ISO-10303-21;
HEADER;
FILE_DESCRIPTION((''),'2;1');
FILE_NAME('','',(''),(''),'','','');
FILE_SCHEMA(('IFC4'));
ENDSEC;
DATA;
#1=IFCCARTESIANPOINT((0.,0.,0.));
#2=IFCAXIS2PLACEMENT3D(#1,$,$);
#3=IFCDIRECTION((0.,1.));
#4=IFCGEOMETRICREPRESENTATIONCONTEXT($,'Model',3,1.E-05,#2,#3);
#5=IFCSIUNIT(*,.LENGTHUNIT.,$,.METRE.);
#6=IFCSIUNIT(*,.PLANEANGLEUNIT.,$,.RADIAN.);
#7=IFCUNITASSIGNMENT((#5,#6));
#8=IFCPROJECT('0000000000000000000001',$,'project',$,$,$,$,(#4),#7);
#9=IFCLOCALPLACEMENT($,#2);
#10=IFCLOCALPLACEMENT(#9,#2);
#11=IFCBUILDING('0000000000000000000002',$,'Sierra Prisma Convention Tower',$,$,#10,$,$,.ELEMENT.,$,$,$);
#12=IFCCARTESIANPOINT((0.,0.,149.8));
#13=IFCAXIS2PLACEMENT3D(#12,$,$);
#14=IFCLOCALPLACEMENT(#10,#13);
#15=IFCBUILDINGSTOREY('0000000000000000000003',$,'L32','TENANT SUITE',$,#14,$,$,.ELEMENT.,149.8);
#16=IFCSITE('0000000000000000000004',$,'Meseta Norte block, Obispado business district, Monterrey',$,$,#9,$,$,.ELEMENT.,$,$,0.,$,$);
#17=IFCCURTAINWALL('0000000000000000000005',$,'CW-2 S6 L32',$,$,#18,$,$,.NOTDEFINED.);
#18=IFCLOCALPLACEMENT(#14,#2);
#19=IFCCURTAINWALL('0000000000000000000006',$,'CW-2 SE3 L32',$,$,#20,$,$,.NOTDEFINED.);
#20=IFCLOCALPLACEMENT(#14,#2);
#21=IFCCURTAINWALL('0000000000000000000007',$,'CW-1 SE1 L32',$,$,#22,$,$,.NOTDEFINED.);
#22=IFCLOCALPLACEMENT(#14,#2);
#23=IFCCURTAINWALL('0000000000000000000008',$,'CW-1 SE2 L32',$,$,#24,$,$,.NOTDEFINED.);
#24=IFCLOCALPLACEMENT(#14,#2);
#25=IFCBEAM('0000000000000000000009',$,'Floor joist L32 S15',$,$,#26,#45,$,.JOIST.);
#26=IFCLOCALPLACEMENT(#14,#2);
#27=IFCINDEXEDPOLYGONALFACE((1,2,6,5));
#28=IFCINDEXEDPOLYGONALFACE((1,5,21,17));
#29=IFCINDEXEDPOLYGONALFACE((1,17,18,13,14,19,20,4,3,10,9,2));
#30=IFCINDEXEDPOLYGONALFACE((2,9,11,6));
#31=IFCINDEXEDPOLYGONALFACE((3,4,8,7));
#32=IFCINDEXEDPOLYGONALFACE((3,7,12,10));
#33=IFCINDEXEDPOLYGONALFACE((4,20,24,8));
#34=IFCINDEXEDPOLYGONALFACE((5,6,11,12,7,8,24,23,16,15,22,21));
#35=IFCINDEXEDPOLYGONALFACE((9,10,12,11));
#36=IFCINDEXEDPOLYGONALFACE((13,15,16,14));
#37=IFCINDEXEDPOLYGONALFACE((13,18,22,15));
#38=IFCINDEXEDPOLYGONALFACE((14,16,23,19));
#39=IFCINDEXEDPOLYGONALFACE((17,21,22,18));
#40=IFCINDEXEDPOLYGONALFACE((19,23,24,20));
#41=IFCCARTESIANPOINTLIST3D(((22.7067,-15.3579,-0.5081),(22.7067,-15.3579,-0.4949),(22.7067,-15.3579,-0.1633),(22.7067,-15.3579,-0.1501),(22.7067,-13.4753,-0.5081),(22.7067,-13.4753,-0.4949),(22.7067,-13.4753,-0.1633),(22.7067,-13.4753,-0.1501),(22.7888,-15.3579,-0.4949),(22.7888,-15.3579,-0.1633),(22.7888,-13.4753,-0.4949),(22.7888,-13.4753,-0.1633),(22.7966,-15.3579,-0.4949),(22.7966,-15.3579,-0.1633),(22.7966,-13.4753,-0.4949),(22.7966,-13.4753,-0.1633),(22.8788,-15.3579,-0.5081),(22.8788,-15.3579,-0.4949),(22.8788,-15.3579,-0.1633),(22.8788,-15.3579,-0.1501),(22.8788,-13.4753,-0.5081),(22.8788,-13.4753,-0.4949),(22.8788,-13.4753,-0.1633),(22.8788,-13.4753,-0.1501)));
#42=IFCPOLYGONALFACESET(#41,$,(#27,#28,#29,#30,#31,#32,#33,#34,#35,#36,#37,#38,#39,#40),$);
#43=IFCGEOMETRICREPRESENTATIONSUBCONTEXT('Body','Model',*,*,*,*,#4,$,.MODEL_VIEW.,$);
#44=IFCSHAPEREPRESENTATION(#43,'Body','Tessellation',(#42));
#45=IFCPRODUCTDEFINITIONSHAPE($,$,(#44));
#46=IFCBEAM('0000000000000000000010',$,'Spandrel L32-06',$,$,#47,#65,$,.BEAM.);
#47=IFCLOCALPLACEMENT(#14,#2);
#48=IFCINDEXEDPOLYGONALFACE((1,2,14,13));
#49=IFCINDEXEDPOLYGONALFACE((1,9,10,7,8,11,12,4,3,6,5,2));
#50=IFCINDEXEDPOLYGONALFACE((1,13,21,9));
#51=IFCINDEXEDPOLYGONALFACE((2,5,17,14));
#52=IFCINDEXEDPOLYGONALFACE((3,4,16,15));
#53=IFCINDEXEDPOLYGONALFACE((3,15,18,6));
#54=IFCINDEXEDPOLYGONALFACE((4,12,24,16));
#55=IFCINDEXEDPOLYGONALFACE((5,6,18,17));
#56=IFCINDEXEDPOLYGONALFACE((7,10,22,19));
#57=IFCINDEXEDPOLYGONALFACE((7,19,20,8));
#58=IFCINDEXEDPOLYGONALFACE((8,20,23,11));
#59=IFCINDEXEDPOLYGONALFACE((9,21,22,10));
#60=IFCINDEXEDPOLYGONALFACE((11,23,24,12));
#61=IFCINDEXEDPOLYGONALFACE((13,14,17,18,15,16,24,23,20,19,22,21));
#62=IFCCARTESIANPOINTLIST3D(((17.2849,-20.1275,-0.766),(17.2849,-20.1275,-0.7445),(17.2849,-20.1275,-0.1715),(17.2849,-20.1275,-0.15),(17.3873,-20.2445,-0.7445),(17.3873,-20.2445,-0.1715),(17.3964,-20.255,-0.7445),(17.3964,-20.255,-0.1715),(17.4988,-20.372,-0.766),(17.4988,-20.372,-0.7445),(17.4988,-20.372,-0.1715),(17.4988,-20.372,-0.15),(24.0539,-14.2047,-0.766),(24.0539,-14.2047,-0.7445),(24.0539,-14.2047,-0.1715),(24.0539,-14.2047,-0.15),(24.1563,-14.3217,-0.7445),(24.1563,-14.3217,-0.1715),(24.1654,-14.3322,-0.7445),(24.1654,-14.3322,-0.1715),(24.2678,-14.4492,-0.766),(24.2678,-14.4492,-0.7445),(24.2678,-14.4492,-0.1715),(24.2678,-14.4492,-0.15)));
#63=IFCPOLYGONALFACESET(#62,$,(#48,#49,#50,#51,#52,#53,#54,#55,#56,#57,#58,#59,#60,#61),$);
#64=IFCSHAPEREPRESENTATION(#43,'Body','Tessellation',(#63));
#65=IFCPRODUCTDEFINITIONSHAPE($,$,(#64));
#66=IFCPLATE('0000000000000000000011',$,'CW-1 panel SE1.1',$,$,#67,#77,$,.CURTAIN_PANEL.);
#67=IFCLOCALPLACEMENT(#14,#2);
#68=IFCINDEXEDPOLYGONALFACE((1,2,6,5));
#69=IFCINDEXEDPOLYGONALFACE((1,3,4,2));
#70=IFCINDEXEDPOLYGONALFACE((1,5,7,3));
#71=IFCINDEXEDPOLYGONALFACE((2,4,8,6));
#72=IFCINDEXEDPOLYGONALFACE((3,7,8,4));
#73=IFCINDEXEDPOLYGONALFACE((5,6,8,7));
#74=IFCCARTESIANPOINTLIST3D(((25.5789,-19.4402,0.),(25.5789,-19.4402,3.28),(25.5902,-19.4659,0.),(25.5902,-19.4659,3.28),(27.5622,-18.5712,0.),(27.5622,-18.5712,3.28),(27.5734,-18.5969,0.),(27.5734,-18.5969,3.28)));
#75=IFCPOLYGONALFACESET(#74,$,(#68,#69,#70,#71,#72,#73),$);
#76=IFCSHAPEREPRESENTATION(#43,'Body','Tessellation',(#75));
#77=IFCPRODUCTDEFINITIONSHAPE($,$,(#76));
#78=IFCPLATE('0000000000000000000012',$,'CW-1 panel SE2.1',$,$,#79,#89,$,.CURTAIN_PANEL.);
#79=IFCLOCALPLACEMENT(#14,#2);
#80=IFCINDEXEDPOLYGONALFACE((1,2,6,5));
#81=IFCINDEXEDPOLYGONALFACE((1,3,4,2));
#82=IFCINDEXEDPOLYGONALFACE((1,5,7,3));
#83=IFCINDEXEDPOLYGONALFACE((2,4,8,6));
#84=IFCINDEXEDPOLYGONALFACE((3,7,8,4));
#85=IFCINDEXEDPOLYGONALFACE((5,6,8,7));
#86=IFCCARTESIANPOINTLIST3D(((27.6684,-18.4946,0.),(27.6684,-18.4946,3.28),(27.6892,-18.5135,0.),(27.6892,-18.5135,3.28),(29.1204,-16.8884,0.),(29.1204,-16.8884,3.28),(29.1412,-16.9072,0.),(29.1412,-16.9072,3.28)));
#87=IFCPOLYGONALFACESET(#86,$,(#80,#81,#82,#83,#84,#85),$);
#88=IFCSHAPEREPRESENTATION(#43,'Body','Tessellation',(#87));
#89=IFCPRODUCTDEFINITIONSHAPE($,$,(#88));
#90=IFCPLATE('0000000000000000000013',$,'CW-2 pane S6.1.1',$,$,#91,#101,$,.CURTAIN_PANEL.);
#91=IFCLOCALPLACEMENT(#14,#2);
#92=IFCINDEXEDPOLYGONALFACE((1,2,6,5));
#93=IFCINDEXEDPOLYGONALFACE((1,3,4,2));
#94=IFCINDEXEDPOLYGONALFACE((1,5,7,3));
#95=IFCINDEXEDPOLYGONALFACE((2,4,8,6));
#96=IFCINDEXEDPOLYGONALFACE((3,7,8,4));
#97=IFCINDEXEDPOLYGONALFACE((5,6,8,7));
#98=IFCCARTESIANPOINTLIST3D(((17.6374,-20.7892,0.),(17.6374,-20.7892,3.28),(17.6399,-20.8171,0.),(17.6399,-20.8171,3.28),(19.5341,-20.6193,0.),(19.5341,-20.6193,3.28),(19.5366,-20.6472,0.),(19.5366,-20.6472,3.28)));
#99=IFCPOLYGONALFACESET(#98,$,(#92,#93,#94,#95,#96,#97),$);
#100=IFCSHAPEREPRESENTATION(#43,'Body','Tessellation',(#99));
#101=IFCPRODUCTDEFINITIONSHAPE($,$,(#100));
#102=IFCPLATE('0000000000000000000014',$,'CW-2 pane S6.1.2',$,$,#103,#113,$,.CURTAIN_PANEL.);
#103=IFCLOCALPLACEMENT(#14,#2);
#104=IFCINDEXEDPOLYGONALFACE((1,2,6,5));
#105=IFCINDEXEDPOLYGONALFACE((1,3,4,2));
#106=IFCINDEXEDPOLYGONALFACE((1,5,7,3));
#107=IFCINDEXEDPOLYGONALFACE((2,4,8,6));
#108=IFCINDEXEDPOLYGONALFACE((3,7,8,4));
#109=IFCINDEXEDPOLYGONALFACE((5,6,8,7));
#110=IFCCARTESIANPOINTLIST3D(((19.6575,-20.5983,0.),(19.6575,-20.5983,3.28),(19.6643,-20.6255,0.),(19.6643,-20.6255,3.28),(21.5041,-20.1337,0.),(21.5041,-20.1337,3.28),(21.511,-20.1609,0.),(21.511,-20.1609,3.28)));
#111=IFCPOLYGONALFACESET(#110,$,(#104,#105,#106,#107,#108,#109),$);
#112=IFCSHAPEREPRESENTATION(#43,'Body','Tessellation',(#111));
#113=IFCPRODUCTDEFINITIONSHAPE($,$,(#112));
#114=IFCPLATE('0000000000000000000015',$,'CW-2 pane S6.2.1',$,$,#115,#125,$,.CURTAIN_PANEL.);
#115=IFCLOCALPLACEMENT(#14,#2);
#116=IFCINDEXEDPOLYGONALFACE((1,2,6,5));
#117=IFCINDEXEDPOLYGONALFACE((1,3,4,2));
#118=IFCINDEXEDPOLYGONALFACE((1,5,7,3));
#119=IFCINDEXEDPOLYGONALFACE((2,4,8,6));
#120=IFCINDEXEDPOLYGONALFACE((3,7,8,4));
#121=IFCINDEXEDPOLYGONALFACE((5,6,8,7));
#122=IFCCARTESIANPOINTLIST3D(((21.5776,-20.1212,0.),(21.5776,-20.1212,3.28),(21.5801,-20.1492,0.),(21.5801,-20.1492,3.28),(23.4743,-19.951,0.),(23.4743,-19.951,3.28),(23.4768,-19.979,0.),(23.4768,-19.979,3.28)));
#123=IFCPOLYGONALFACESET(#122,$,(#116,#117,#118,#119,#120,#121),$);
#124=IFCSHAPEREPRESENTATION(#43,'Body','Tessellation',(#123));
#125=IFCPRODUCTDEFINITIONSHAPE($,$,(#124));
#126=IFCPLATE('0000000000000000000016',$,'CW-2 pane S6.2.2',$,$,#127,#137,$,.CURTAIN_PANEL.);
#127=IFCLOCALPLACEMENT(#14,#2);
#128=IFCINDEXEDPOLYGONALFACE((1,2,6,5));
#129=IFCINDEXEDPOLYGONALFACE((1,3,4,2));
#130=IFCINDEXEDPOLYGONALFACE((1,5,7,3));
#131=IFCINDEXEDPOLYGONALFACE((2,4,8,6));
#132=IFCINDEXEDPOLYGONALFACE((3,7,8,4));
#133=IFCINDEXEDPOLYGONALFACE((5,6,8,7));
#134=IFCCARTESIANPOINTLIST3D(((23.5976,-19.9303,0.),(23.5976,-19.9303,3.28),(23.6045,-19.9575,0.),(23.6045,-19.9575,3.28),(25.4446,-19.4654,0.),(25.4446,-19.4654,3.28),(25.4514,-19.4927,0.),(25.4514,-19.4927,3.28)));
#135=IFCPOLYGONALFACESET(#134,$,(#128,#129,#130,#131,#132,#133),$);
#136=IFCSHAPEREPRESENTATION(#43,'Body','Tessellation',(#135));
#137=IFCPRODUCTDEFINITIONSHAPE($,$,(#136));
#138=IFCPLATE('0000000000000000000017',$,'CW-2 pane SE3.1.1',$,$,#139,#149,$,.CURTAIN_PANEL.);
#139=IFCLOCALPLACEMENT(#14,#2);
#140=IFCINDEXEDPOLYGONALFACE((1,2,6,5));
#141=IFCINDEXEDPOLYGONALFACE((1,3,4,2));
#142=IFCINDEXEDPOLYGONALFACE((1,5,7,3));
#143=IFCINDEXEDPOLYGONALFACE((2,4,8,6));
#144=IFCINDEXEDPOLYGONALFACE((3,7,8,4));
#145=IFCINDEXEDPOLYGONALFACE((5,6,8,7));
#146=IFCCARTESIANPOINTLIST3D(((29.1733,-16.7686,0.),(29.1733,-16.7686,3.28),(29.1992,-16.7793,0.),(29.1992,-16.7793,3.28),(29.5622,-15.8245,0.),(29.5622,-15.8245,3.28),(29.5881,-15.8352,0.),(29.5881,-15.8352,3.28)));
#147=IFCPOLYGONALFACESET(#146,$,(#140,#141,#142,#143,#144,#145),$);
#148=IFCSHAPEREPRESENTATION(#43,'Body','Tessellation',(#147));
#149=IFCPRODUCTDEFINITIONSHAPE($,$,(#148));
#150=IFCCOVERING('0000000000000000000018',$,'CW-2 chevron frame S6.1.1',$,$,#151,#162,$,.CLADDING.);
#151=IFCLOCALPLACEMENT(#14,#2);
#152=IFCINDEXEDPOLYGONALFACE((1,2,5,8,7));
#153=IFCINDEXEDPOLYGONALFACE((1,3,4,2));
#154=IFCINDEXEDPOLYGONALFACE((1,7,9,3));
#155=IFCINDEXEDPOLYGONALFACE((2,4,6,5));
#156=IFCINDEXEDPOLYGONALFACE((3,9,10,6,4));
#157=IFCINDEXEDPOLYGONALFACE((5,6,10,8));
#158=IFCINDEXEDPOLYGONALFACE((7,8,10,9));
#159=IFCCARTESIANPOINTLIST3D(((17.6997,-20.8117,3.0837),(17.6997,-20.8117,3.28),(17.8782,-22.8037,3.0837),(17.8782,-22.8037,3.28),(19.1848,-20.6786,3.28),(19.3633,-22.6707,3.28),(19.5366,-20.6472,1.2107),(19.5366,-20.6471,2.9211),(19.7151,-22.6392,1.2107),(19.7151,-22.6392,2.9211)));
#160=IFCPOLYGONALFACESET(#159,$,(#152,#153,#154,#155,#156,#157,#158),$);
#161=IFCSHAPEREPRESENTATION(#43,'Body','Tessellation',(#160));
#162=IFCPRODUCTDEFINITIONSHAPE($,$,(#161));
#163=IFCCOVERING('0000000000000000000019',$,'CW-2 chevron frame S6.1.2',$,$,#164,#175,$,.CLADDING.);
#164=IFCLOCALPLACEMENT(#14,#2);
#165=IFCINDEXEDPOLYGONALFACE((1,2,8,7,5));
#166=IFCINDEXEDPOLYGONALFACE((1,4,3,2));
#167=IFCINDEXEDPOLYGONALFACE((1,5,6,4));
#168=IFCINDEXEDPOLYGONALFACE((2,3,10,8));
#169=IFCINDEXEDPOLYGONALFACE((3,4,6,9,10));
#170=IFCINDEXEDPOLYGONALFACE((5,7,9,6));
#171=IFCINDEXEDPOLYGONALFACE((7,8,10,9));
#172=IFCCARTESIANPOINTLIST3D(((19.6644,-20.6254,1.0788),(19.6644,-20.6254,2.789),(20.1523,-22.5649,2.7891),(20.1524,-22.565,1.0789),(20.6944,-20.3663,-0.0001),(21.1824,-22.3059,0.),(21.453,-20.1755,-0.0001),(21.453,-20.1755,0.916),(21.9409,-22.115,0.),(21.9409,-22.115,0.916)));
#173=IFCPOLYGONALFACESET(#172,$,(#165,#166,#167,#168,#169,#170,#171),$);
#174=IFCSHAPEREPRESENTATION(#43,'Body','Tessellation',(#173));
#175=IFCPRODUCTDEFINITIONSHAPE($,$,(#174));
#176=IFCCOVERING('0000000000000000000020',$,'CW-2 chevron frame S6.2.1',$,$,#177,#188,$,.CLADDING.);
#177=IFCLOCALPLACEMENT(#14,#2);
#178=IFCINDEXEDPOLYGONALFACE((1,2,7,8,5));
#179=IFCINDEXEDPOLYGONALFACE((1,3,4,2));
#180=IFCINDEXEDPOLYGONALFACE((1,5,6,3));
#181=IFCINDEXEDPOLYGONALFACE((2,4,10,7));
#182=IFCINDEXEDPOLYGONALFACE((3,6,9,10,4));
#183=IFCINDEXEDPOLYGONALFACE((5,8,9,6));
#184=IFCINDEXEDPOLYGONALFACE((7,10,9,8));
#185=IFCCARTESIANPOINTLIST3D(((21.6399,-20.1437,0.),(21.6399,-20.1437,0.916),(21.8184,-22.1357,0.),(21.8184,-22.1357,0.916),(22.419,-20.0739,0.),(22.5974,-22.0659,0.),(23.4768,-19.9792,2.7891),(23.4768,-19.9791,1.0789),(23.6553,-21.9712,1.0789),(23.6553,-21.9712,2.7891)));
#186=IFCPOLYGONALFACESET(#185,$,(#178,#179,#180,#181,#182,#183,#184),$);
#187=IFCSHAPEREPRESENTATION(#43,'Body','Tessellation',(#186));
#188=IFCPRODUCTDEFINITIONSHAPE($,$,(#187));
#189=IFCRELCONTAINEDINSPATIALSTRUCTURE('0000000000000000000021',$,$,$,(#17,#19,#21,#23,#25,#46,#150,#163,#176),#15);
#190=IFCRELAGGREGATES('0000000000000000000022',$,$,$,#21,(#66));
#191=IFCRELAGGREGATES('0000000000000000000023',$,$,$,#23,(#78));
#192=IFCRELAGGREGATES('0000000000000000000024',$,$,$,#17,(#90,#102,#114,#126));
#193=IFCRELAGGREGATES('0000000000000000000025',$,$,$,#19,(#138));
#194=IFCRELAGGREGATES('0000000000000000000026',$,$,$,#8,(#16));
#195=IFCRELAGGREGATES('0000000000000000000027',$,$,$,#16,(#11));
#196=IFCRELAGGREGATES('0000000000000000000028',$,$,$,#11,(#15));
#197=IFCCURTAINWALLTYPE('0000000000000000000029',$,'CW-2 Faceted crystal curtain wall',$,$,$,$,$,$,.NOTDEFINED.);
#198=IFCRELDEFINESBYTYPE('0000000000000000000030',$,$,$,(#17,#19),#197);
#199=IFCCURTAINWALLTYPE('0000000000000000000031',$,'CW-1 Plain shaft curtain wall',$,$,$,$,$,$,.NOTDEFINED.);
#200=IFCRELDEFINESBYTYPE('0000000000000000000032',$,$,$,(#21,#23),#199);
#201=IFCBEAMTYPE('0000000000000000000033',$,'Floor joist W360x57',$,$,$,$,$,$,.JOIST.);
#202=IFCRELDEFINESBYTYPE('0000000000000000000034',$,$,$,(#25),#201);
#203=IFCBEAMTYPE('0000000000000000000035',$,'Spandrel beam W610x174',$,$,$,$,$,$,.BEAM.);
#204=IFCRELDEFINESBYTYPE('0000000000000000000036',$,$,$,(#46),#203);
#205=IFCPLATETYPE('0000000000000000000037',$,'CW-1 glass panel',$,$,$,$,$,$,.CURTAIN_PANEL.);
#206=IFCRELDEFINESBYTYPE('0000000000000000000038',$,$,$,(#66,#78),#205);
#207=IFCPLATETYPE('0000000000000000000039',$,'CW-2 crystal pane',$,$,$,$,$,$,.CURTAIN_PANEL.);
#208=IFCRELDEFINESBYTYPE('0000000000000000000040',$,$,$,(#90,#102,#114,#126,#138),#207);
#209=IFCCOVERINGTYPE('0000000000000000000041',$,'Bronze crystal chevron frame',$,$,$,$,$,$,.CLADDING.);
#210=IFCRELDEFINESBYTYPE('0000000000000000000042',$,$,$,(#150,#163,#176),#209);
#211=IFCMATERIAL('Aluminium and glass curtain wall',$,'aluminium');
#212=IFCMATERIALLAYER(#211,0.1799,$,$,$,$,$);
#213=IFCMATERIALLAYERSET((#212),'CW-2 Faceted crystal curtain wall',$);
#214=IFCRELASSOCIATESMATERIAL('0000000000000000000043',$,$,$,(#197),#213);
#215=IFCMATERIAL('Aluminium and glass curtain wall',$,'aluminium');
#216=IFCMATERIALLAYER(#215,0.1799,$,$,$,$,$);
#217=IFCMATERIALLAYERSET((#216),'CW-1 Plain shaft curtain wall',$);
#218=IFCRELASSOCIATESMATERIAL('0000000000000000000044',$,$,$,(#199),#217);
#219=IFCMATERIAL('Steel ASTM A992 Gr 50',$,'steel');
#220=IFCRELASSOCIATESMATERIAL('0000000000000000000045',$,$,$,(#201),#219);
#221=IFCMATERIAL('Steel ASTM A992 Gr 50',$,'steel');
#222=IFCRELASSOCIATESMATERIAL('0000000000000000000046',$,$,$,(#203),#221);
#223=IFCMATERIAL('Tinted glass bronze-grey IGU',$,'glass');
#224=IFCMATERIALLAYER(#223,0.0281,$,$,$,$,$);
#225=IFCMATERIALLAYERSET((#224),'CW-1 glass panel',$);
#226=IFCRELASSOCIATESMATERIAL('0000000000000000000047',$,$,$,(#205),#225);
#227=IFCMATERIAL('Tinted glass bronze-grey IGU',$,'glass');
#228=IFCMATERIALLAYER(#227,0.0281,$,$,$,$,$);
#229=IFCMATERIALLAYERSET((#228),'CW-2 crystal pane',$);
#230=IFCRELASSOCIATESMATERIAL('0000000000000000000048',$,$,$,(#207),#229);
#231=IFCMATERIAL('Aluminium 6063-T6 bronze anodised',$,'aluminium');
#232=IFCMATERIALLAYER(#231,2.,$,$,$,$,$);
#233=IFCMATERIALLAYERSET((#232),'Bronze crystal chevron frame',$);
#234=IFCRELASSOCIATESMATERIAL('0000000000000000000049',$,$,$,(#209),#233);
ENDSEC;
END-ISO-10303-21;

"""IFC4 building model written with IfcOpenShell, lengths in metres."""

from ifc_helpers import new_model, si_unit, direction, frame, origin, origin_2d, place, context, subcontext, project, spatial, polyline, rectangle, i_section, outline, extrude, material, layer, layer_set, material_profile, profile_set, type_object, element, aggregate, save


model = new_model("IFC4")

# Units and contexts
model_context = context("Model", 3, precision=1e-05, world=origin(), true_north=direction((0.0, 1.0)))
body_context = subcontext(model_context, "Body", "Model", "MODEL_VIEW")
ifc_project = project(units=[si_unit("LENGTHUNIT", "METRE"), si_unit("PLANEANGLEUNIT", "RADIAN")], contexts=[model_context])

# Site, building, storey
site_placement = place(None, origin())
site = spatial("IfcSite", under=ifc_project, at=site_placement, Name="Meseta Norte block, Obispado business district, Monterrey", CompositionType="ELEMENT", RefElevation=0.0)
building_placement = place(site_placement, origin())
building = spatial("IfcBuilding", under=site, at=building_placement, Name="Sierra Prisma Convention Tower", CompositionType="ELEMENT")
storey_placement = place(building_placement, frame((0.0, 0.0, 149.8)))
storey = spatial("IfcBuildingStorey", under=building, at=storey_placement, Name="L32", Description="TENANT SUITE", CompositionType="ELEMENT", Elevation=149.8)

# Curtain wall
ifc_material_1 = material(Name="Aluminium and glass curtain wall", Category="aluminium")
ifc_layer_1 = layer(ifc_material_1, 0.1799)
ifc_layer_set_1 = layer_set([ifc_layer_1], Name="CW-2 Faceted crystal curtain wall")
curtain_wall_type_1 = type_object("IfcCurtainWallType", Name="CW-2 Faceted crystal curtain wall", PredefinedType="NOTDEFINED", material=ifc_layer_set_1)
curtain_wall_1_placement = place(storey_placement, origin())
curtain_wall_1 = element("IfcCurtainWall", 1, at=curtain_wall_1_placement, inside=storey, type_object=curtain_wall_type_1, Name="CW-2 S6 L32", PredefinedType="NOTDEFINED")

# Curtain wall
curtain_wall_2_placement = place(storey_placement, origin())
curtain_wall_2 = element("IfcCurtainWall", 2, at=curtain_wall_2_placement, inside=storey, type_object=curtain_wall_type_1, Name="CW-2 SE3 L32", PredefinedType="NOTDEFINED")

# Curtain walls
ifc_material_2 = material(Name="Aluminium and glass curtain wall", Category="aluminium")
ifc_layer_2 = layer(ifc_material_2, 0.1799)
ifc_layer_set_2 = layer_set([ifc_layer_2], Name="CW-1 Plain shaft curtain wall")
curtain_wall_type_2 = type_object("IfcCurtainWallType", Name="CW-1 Plain shaft curtain wall", PredefinedType="NOTDEFINED", material=ifc_layer_set_2)
curtain_wall_3_placement = place(storey_placement, origin())
curtain_wall_3 = element("IfcCurtainWall", 3, at=curtain_wall_3_placement, inside=storey, type_object=curtain_wall_type_2, Name="CW-1 SE1 L32", PredefinedType="NOTDEFINED")
curtain_wall_4_placement = place(storey_placement, origin())
curtain_wall_4 = element("IfcCurtainWall", 4, at=curtain_wall_4_placement, inside=storey, type_object=curtain_wall_type_2, Name="CW-1 SE2 L32", PredefinedType="NOTDEFINED")

# Beams
ifc_material_3 = material(Name="Steel ASTM A992 Gr 50", Category="steel")
ifc_material_profile_1 = material_profile(ifc_material_3, i_section(OverallWidth=0.1721, OverallDepth=0.3579, WebThickness=0.0078, FlangeThickness=0.0132, at=origin_2d()), Name="W360x57")
ifc_profile_set_1 = profile_set([ifc_material_profile_1], Name="Steel ASTM A992 Gr 50")
beam_type_1 = type_object("IfcBeamType", Name="Floor joist W360x57", PredefinedType="JOIST", material=ifc_profile_set_1)
beam_1_placement = place(storey_placement, frame((22.7927, -15.3579, -0.3291), z_axis=(0.0, 1.0, 0.0), x_axis=(-1.0, 0.0, 0.0)))
element("IfcBeam", 5, at=beam_1_placement, inside=storey, type_object=beam_type_1, Name="Floor joist L32 S15", PredefinedType="JOIST", context=body_context, shape_type="SweptSolid", body=[
    extrude(i_section(OverallWidth=0.1721, OverallDepth=0.3579, WebThickness=0.0078, FlangeThickness=0.0132, at=origin_2d()), origin(), (0.0, 0.0, 1.0), 1.8826),
])
ifc_material_4 = material(Name="Steel ASTM A992 Gr 50", Category="steel")
ifc_material_profile_2 = material_profile(ifc_material_4, i_section(OverallWidth=0.325, OverallDepth=0.616, WebThickness=0.0139, FlangeThickness=0.0215, at=origin_2d()), Name="W610x174")
ifc_profile_set_2 = profile_set([ifc_material_profile_2], Name="Steel ASTM A992 Gr 50")
beam_type_2 = type_object("IfcBeamType", Name="Spandrel beam W610x174", PredefinedType="BEAM", material=ifc_profile_set_2)
beam_2_placement = place(storey_placement, frame((17.3918, -20.2498, -0.458), z_axis=(0.75258, 0.658501, 0.0), x_axis=(-0.658501, 0.75258, 0.0)))
element("IfcBeam", 6, at=beam_2_placement, inside=storey, type_object=beam_type_2, Name="Spandrel L32-06", PredefinedType="BEAM", context=body_context, shape_type="SweptSolid", body=[
    extrude(i_section(OverallWidth=0.325, OverallDepth=0.616, WebThickness=0.0139, FlangeThickness=0.0215, at=origin_2d()), origin(), (0.0, 0.0, 1.0), 8.9944),
])

# Plates
ifc_material_5 = material(Name="Tinted glass bronze-grey IGU", Category="glass")
ifc_layer_3 = layer(ifc_material_5, 0.0281)
ifc_layer_set_3 = layer_set([ifc_layer_3], Name="CW-1 glass panel")
plate_type_1 = type_object("IfcPlateType", Name="CW-1 glass panel", PredefinedType="CURTAIN_PANEL", material=ifc_layer_set_3)
plate_1_placement = place(storey_placement, frame((26.5762, -19.0186, 0.0), z_axis=(0.0, 0.0, 1.0), x_axis=(0.91594, 0.401314, 0.0)))
plate_1 = element("IfcPlate", 7, at=plate_1_placement, type_object=plate_type_1, Name="CW-1 panel SE1.1", PredefinedType="CURTAIN_PANEL", context=body_context, shape_type="SweptSolid", body=[
    extrude(rectangle(XDim=2.1653, YDim=0.0281, at=origin_2d()), origin(), (0.0, 0.0, 1.0), 3.28),
])
aggregate(curtain_wall_3, [plate_1])
plate_2_placement = place(storey_placement, frame((28.4048, -17.7009, 0.0), z_axis=(0.0, 0.0, 1.0), x_axis=(0.670598, 0.741821, 0.0)))
plate_2 = element("IfcPlate", 8, at=plate_2_placement, type_object=plate_type_1, Name="CW-1 panel SE2.1", PredefinedType="CURTAIN_PANEL", context=body_context, shape_type="SweptSolid", body=[
    extrude(rectangle(XDim=2.1653, YDim=0.0281, at=origin_2d()), origin(), (0.0, 0.0, 1.0), 3.28),
])
aggregate(curtain_wall_4, [plate_2])
ifc_material_6 = material(Name="Tinted glass bronze-grey IGU", Category="glass")
ifc_layer_4 = layer(ifc_material_6, 0.0281)
ifc_layer_set_4 = layer_set([ifc_layer_4], Name="CW-2 crystal pane")
plate_type_2 = type_object("IfcPlateType", Name="CW-2 crystal pane", PredefinedType="CURTAIN_PANEL", material=ifc_layer_set_4)
plate_3_placement = place(storey_placement, frame((17.6399, -20.8171, 0.0), z_axis=(0.089229, -0.996011, 0.0), x_axis=(0.996011, 0.089229, 0.0)))
plate_3 = element("IfcPlate", 9, at=plate_3_placement, type_object=plate_type_2, Name="CW-2 pane S6.1.1", PredefinedType="CURTAIN_PANEL", context=body_context, shape_type="SweptSolid", body=[
    extrude(outline(polyline([(0.0, 0.0), (1.9043, 0.0), (1.9043, 3.28), (0.0, 3.28), (0.0, 0.0)])), origin(), (0.0, 0.0, -1.0), 0.0281),
])
plate_4_placement = place(storey_placement, frame((21.511, -20.1609, 0.0), z_axis=(0.243983, -0.969779, 0.0), x_axis=(-0.969779, -0.243983, 0.0)))
plate_4 = element("IfcPlate", 10, at=plate_4_placement, type_object=plate_type_2, Name="CW-2 pane S6.1.2", PredefinedType="CURTAIN_PANEL", context=body_context, shape_type="SweptSolid", body=[
    extrude(outline(polyline([(0.0, 0.0), (1.9042, 0.0), (1.9042, -3.28), (0.0, -3.28), (0.0, 0.0)])), origin(), (0.0, 0.0, -1.0), 0.0281),
])
plate_5_placement = place(storey_placement, frame((21.5801, -20.1492, 0.0), z_axis=(0.089357, -0.996, 0.0), x_axis=(0.996, 0.089357, 0.0)))
plate_5 = element("IfcPlate", 11, at=plate_5_placement, type_object=plate_type_2, Name="CW-2 pane S6.2.1", PredefinedType="CURTAIN_PANEL", context=body_context, shape_type="SweptSolid", body=[
    extrude(outline(polyline([(0.0, 0.0), (1.9043, 0.0), (1.9043, 3.28), (0.0, 3.28), (0.0, 0.0)])), origin(), (0.0, 0.0, -1.0), 0.0281),
])
plate_6_placement = place(storey_placement, frame((25.4514, -19.4927, 0.0), z_axis=(0.244074, -0.969757, 0.0), x_axis=(-0.969757, -0.244074, 0.0)))
plate_6 = element("IfcPlate", 12, at=plate_6_placement, type_object=plate_type_2, Name="CW-2 pane S6.2.2", PredefinedType="CURTAIN_PANEL", context=body_context, shape_type="SweptSolid", body=[
    extrude(outline(polyline([(0.0, 0.0), (1.9045, 0.0), (1.9045, -3.28), (0.0, -3.28), (0.0, 0.0)])), origin(), (0.0, 0.0, -1.0), 0.0281),
])
aggregate(curtain_wall_1, [plate_3, plate_4, plate_5, plate_6])
plate_7_placement = place(storey_placement, frame((29.1992, -16.7793, 0.0), z_axis=(0.924619, -0.380894, 0.0), x_axis=(0.380894, 0.924619, 0.0)))
plate_7 = element("IfcPlate", 13, at=plate_7_placement, type_object=plate_type_2, Name="CW-2 pane SE3.1.1", PredefinedType="CURTAIN_PANEL", context=body_context, shape_type="SweptSolid", body=[
    extrude(outline(polyline([(0.0, 0.0), (1.0211, 0.0), (1.0211, 3.28), (0.0, 3.28), (0.0, 0.0)])), origin(), (0.0, 0.0, -1.0), 0.0281),
])
aggregate(curtain_wall_2, [plate_7])

# Coverings
ifc_material_7 = material(Name="Aluminium 6063-T6 bronze anodised", Category="aluminium")
ifc_layer_5 = layer(ifc_material_7, 2.0)
ifc_layer_set_5 = layer_set([ifc_layer_5], Name="Bronze crystal chevron frame")
covering_type = type_object("IfcCoveringType", Name="Bronze crystal chevron frame", PredefinedType="CLADDING", material=ifc_layer_set_5)
covering_1_placement = place(storey_placement, frame((17.8782, -22.8037, 3.28), z_axis=(0.089225, -0.996012, 0.000009), x_axis=(0.000001, -0.000009, -1.0)))
element("IfcCovering", 14, at=covering_1_placement, inside=storey, type_object=covering_type, Name="CW-2 chevron frame S6.1.1", PredefinedType="CLADDING", context=body_context, shape_type="SweptSolid", body=[
    extrude(outline(polyline([(0.0, 0.0), (0.1963, 0.0), (2.0693, 1.8443), (0.3589, 1.8443), (0.0, 1.4911), (0.0, 0.0)])), origin(), (0.0, 0.0, -1.0), 2.0),
])
covering_2_placement = place(storey_placement, frame((20.1523, -22.5649, 2.7891), z_axis=(0.243984, -0.969779, 0.000029), x_axis=(0.000007, -0.000028, -1.0)))
element("IfcCovering", 15, at=covering_2_placement, inside=storey, type_object=covering_type, Name="CW-2 chevron frame S6.1.2", PredefinedType="CLADDING", context=body_context, shape_type="SweptSolid", body=[
    extrude(outline(polyline([(0.0, 0.0), (1.7102, 0.0), (2.7891, 1.0621), (2.7891, 1.8443), (1.873, 1.8443), (0.0, 0.0)])), origin(), (0.0, 0.0, -1.0), 2.0),
])
covering_3_placement = place(storey_placement, frame((22.5974, -22.0659, 0.0), z_axis=(0.08923, -0.996011, -0.000012), x_axis=(0.698751, 0.062591, 0.712622)))
element("IfcCovering", 16, at=covering_3_placement, inside=storey, type_object=covering_type, Name="CW-2 chevron frame S6.2.1", PredefinedType="CLADDING", context=body_context, shape_type="SweptSolid", body=[
    extrude(outline(polyline([(0.0, 0.0), (1.5139, 0.0), (2.7327, 1.1998), (0.104, 1.2), (-0.5487, 0.5574), (0.0, 0.0)])), origin(), (0.0, 0.0, -1.0), 2.0),
])

save(model, "model.ifc")
